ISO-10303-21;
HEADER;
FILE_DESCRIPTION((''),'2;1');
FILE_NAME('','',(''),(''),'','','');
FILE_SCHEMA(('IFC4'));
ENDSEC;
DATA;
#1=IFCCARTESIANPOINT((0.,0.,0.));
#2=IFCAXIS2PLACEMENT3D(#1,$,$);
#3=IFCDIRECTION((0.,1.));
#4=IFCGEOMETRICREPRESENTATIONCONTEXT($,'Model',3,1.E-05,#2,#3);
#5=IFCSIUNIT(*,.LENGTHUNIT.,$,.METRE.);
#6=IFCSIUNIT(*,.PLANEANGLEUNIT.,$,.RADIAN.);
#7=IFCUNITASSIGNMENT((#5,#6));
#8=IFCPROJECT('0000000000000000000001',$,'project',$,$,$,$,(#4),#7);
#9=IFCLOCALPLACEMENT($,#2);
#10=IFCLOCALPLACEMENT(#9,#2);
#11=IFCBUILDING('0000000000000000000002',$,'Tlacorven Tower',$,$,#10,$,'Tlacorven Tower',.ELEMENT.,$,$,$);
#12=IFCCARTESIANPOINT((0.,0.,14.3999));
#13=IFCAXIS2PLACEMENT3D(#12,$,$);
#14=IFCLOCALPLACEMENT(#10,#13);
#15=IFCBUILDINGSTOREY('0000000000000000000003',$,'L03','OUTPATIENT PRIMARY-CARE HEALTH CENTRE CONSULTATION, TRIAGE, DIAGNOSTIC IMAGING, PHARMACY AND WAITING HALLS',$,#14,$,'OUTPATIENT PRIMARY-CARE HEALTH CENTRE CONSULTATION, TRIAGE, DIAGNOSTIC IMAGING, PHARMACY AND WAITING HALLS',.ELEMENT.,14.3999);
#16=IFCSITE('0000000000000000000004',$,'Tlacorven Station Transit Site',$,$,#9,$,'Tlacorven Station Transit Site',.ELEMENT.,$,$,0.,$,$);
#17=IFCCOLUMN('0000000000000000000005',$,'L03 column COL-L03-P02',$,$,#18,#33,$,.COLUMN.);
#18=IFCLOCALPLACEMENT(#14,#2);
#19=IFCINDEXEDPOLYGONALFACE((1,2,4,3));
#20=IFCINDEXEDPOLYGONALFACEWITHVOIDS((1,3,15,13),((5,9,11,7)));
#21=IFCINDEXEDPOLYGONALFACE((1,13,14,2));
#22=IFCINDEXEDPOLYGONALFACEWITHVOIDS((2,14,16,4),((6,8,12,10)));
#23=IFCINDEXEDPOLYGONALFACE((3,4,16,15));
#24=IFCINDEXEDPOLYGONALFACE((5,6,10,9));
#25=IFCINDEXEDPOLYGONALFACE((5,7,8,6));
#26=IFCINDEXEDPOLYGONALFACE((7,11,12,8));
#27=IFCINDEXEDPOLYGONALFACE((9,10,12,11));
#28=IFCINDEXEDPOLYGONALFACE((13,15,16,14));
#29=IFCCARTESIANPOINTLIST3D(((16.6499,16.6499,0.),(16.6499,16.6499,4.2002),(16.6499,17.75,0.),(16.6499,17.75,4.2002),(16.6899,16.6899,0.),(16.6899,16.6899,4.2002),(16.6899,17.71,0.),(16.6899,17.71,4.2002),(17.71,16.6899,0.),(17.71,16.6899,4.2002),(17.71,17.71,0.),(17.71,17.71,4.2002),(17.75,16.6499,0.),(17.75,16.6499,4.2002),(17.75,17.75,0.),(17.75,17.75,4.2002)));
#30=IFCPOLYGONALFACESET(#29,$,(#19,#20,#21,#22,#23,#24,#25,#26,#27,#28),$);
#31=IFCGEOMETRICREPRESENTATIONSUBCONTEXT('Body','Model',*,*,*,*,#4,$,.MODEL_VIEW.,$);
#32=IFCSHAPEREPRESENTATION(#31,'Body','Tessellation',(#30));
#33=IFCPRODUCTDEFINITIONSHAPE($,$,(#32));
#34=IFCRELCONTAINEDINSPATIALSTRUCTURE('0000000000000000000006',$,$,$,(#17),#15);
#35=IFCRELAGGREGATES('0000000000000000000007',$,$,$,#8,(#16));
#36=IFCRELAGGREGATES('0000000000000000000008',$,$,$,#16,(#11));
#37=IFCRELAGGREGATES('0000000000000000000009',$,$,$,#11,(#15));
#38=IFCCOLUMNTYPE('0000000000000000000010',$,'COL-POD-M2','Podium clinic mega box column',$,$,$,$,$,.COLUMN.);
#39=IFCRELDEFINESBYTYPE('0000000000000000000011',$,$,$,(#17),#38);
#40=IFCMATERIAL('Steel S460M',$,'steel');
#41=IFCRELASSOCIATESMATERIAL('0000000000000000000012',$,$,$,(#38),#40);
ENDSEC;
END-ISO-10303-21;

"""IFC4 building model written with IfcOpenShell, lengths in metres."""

from ifc_helpers import new_model, si_unit, direction, frame, origin, origin_2d, place, context, subcontext, project, spatial, hollow_rectangle, extrude, source, transform, mapped, material, material_profile, profile_set, type_object, element, save


model = new_model("IFC4")

# Units and contexts
model_context = context("Model", 3, precision=1e-05, world=origin(), true_north=direction((0.0, 1.0)))
body_context = subcontext(model_context, "Body", "Model", "MODEL_VIEW")
ifc_project = project(units=[si_unit("LENGTHUNIT", "METRE"), si_unit("PLANEANGLEUNIT", "RADIAN")], contexts=[model_context])

# Site, building, storey
site_placement = place(None, origin())
site = spatial("IfcSite", under=ifc_project, at=site_placement, Name="Tlacorven Station Transit Site", LongName="Tlacorven Station Transit Site", CompositionType="ELEMENT", RefElevation=0.0)
building_placement = place(site_placement, origin())
building = spatial("IfcBuilding", under=site, at=building_placement, Name="Tlacorven Tower", LongName="Tlacorven Tower", CompositionType="ELEMENT")
storey_placement = place(building_placement, frame((0.0, 0.0, 14.3999)))
storey = spatial("IfcBuildingStorey", under=building, at=storey_placement, Name="L03", Description="OUTPATIENT PRIMARY-CARE HEALTH CENTRE CONSULTATION, TRIAGE, DIAGNOSTIC IMAGING, PHARMACY AND WAITING HALLS", LongName="OUTPATIENT PRIMARY-CARE HEALTH CENTRE CONSULTATION, TRIAGE, DIAGNOSTIC IMAGING, PHARMACY AND WAITING HALLS", CompositionType="ELEMENT", Elevation=14.3999)

# Column
ifc_material_1 = material(Name="Steel S460M", Category="steel")
ifc_material_profile = material_profile(ifc_material_1, hollow_rectangle(XDim=1.1001, YDim=1.1001, WallThickness=0.04, at=origin_2d()), Name="BOX 1100X1100X40")
ifc_profile_set = profile_set([ifc_material_profile], Name="Steel S460M")
column_type = type_object("IfcColumnType", Name="COL-POD-M2", Description="Podium clinic mega box column", PredefinedType="COLUMN", material=ifc_profile_set)
shared_shape_1 = source(origin(), body_context, "Body", "SweptSolid", [
    extrude(hollow_rectangle(XDim=1.1001, YDim=1.1001, WallThickness=0.04, at=origin_2d()), origin(), (0.0, 0.0, 1.0), 4.2002),
])
column_placement = place(storey_placement, frame((17.2, 17.2, 0.0), z_axis=(0.0, 0.0, 1.0), x_axis=(1.0, 0.0, 0.0)))
element("IfcColumn", 1, at=column_placement, inside=storey, type_object=column_type, Name="L03 column COL-L03-P02", PredefinedType="COLUMN", context=body_context, shape_type="MappedRepresentation", body=[
    mapped(shared_shape_1, transform((0.0, 0.0, 0.0), scale=1.0)),
])

save(model, "model.ifc")
